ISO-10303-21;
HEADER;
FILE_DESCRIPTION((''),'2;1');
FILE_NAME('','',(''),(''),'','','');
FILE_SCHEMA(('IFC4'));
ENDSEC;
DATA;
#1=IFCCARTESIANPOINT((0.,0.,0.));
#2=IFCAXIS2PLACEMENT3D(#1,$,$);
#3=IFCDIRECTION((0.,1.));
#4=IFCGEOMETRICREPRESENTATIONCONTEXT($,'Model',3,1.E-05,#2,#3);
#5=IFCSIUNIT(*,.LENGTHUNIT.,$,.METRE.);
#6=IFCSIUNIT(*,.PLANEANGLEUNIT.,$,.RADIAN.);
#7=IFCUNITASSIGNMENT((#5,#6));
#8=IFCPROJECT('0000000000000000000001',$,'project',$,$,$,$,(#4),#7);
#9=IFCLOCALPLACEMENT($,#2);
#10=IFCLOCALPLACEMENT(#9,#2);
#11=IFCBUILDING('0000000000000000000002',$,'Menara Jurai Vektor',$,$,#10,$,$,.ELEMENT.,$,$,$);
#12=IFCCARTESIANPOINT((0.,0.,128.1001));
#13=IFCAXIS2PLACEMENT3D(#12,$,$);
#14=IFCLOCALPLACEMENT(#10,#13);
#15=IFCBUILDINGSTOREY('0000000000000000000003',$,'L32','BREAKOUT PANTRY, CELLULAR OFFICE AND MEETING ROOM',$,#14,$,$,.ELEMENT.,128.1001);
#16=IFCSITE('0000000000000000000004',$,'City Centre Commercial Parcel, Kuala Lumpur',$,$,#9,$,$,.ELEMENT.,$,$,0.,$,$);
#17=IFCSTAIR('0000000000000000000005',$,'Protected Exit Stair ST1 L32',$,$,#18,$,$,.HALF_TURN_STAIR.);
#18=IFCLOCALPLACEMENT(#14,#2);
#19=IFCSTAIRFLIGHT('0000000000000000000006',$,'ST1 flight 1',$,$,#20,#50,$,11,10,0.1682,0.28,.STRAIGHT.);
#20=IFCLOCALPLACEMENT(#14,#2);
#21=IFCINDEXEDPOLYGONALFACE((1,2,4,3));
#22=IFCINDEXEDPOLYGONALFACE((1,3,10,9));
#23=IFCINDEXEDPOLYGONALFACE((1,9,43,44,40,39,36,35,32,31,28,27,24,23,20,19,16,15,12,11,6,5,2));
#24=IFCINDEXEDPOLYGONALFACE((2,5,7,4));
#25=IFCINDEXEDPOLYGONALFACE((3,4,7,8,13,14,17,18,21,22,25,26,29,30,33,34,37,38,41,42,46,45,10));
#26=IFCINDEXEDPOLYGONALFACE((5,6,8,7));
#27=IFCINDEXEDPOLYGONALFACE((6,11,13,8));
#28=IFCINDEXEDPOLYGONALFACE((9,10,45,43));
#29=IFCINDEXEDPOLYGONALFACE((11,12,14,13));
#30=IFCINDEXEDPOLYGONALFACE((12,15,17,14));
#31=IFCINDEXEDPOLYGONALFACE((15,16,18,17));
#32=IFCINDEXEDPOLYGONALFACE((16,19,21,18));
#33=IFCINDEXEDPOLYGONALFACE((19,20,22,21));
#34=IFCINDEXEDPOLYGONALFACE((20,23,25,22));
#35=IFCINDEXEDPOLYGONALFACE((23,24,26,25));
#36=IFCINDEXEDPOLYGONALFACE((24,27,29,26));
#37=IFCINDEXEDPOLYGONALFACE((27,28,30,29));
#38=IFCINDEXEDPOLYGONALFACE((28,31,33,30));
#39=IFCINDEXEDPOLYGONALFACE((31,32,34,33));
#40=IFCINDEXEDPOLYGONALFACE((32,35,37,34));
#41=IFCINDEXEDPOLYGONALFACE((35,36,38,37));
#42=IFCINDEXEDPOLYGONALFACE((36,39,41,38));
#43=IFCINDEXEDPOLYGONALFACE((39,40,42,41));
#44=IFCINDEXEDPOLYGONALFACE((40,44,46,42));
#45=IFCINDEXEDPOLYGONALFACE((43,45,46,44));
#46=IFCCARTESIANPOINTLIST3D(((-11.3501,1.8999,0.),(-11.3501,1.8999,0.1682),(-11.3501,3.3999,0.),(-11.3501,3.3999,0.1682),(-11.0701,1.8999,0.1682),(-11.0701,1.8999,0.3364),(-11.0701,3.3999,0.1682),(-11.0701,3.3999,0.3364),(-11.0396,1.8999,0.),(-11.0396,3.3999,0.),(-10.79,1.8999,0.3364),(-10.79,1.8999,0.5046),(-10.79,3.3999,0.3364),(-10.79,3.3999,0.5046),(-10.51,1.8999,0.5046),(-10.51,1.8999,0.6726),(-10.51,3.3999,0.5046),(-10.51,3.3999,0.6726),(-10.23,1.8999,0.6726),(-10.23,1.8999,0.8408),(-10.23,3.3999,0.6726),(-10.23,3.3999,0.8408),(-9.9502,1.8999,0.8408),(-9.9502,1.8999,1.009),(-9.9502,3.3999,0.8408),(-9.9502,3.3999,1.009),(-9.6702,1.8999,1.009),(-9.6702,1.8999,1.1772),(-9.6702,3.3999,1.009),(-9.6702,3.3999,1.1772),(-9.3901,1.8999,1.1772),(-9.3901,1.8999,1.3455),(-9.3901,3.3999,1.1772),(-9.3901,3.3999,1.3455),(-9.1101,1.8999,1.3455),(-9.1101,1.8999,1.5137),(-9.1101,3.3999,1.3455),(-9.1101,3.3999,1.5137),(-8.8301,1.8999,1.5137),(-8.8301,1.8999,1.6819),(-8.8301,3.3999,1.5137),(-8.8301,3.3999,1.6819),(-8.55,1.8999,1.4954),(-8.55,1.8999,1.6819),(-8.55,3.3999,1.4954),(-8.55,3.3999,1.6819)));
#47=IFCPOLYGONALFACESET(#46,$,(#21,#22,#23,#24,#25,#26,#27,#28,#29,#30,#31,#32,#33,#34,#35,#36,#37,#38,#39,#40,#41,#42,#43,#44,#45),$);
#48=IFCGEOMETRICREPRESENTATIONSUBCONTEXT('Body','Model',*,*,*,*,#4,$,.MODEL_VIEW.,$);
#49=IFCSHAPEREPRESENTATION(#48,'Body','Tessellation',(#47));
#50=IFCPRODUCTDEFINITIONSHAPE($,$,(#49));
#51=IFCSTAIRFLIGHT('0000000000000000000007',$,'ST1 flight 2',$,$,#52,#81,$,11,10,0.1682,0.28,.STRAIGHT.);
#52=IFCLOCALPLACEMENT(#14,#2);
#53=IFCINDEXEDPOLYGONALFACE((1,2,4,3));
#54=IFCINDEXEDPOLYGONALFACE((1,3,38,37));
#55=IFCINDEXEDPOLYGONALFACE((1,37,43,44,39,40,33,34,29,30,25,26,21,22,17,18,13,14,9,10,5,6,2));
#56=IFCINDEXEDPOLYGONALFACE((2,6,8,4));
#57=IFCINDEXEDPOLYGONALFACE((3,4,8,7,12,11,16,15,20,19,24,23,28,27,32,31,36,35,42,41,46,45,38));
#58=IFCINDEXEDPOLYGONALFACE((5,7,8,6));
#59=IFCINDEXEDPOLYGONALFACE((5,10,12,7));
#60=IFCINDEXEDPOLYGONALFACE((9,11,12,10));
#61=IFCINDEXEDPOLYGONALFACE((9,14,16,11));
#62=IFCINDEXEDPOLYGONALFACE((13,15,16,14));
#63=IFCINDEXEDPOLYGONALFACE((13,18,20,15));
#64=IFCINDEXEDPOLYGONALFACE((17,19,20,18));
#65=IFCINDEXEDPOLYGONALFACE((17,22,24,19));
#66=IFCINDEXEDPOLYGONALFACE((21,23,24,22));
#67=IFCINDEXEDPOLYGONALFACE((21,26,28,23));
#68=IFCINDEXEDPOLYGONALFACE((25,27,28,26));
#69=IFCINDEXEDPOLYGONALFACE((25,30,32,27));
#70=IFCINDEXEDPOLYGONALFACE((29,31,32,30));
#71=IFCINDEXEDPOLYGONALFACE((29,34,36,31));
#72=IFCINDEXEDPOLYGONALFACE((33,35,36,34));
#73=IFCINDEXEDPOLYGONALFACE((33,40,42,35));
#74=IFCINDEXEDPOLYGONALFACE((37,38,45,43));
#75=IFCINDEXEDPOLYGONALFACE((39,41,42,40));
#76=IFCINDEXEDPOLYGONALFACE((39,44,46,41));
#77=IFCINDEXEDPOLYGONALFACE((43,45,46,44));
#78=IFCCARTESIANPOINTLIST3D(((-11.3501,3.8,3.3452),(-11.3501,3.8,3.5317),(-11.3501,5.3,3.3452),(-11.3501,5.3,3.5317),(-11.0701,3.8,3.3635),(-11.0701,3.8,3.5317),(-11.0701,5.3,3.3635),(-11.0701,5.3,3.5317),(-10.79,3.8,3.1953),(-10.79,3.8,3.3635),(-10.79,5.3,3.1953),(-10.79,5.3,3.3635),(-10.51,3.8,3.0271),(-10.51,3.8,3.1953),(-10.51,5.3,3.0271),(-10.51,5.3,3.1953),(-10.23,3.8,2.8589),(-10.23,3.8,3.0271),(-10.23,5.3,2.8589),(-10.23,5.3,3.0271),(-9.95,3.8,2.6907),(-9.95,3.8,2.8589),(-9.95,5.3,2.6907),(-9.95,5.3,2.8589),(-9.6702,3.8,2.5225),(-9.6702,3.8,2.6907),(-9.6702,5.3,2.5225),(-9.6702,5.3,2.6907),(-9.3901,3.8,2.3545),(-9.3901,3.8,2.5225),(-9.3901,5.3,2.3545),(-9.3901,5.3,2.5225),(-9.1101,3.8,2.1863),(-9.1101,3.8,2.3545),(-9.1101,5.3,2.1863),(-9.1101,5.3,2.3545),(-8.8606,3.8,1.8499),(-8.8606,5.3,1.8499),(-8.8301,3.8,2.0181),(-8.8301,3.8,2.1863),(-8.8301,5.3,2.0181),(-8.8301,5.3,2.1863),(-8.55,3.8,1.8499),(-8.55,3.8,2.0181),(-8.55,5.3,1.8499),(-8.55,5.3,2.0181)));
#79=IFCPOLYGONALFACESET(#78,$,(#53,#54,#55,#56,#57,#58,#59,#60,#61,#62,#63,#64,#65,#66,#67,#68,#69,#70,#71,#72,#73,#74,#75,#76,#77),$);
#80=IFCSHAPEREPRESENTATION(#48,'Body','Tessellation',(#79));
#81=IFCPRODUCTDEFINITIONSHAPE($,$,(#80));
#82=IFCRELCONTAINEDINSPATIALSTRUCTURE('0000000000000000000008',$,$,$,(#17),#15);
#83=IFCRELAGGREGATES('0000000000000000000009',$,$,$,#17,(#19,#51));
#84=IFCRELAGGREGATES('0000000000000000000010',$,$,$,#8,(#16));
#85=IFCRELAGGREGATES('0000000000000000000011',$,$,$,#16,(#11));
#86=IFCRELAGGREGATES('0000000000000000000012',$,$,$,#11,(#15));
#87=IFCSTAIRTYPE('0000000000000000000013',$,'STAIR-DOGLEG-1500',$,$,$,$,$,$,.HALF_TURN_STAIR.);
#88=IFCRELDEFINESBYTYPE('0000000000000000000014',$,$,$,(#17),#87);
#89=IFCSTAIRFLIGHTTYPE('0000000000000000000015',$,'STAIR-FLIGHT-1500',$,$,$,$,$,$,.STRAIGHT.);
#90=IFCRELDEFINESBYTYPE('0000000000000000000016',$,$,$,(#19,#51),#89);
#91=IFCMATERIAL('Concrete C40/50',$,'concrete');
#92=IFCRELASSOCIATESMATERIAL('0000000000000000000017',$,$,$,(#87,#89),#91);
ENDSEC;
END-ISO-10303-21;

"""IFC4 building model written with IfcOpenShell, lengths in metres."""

from ifc_helpers import new_model, si_unit, direction, frame, origin, place, context, subcontext, project, spatial, polyline, outline, extrude, material, type_object, element, aggregate, save


model = new_model("IFC4")

# Units and contexts
model_context = context("Model", 3, precision=1e-05, world=origin(), true_north=direction((0.0, 1.0)))
body_context = subcontext(model_context, "Body", "Model", "MODEL_VIEW")
ifc_project = project(units=[si_unit("LENGTHUNIT", "METRE"), si_unit("PLANEANGLEUNIT", "RADIAN")], contexts=[model_context])

# Site, building, storey
site_placement = place(None, origin())
site = spatial("IfcSite", under=ifc_project, at=site_placement, Name="City Centre Commercial Parcel, Kuala Lumpur", CompositionType="ELEMENT", RefElevation=0.0)
building_placement = place(site_placement, origin())
building = spatial("IfcBuilding", under=site, at=building_placement, Name="Menara Jurai Vektor", CompositionType="ELEMENT")
storey_placement = place(building_placement, frame((0.0, 0.0, 128.1001)))
storey = spatial("IfcBuildingStorey", under=building, at=storey_placement, Name="L32", Description="BREAKOUT PANTRY, CELLULAR OFFICE AND MEETING ROOM", CompositionType="ELEMENT", Elevation=128.1001)

# Shared definitions
ifc_material_1 = material(Name="Concrete C40/50", Category="concrete")
stair_type = type_object("IfcStairType", Name="STAIR-DOGLEG-1500", PredefinedType="HALF_TURN_STAIR", material=ifc_material_1)

# Stair, stair flights
stair_1_placement = place(storey_placement, origin())
stair_1 = element("IfcStair", 1, at=stair_1_placement, inside=storey, type_object=stair_type, Name="Protected Exit Stair ST1 L32", PredefinedType="HALF_TURN_STAIR")
stair_flight_type = type_object("IfcStairFlightType", Name="STAIR-FLIGHT-1500", PredefinedType="STRAIGHT", material=ifc_material_1)
stair_flight_1_placement = place(storey_placement, frame((-11.3501, 2.6499, 0.0), z_axis=(0.0, 0.0, 1.0), x_axis=(1.0, 0.0, 0.0)))
stair_flight_1 = element("IfcStairFlight", 2, at=stair_flight_1_placement, type_object=stair_flight_type, Name="ST1 flight 1", NumberOfRisers=11, NumberOfTreads=10, PredefinedType="STRAIGHT", RiserHeight=0.1682, TreadLength=0.28, context=body_context, shape_type="SweptSolid", body=[
    extrude(outline(polyline([(0.0, 0.0), (0.0, 0.1682), (0.28, 0.1682), (0.28, 0.3364), (0.5601, 0.3364), (0.5601, 0.5046), (0.8401, 0.5046), (0.8401, 0.6726), (1.1201, 0.6726), (1.1201, 0.8408), (1.3999, 0.8408), (1.3999, 1.009), (1.6799, 1.009), (1.6799, 1.1772), (1.96, 1.1772), (1.96, 1.3455), (2.24, 1.3455), (2.24, 1.5137), (2.52, 1.5137), (2.52, 1.6819), (2.8, 1.6819), (2.8, 1.8501), (2.8, 1.4954), (0.3105, 0.0), (0.0, 0.0)])), frame((0.0, 0.75, 0.0), z_axis=(0.0, -1.0, 0.0), x_axis=(1.0, 0.0, 0.0)), (0.0, 0.0, 1.0), 1.5),
])
stair_flight_2_placement = place(storey_placement, frame((-8.55, 4.55, 1.8499), z_axis=(0.0, 0.0, 1.0), x_axis=(-1.0, 0.0, 0.0)))
stair_flight_2 = element("IfcStairFlight", 3, at=stair_flight_2_placement, type_object=stair_flight_type, Name="ST1 flight 2", NumberOfRisers=11, NumberOfTreads=10, PredefinedType="STRAIGHT", RiserHeight=0.1682, TreadLength=0.28, context=body_context, shape_type="SweptSolid", body=[
    extrude(outline(polyline([(0.0, 0.0), (0.0, 0.1682), (0.28, 0.1682), (0.28, 0.3364), (0.5601, 0.3364), (0.5601, 0.5046), (0.8401, 0.5046), (0.8401, 0.6726), (1.1201, 0.6726), (1.1201, 0.8408), (1.3999, 0.8408), (1.3999, 1.009), (1.6799, 1.009), (1.6799, 1.1772), (1.96, 1.1772), (1.96, 1.3455), (2.24, 1.3455), (2.24, 1.5137), (2.52, 1.5137), (2.52, 1.6819), (2.8, 1.6819), (2.8, 1.8501), (2.8, 1.4954), (0.3105, 0.0), (0.0, 0.0)])), frame((0.0, 0.75, 0.0), z_axis=(0.0, -1.0, 0.0), x_axis=(1.0, 0.0, 0.0)), (0.0, 0.0, 1.0), 1.5),
])
aggregate(stair_1, [stair_flight_1, stair_flight_2])

save(model, "model.ifc")
